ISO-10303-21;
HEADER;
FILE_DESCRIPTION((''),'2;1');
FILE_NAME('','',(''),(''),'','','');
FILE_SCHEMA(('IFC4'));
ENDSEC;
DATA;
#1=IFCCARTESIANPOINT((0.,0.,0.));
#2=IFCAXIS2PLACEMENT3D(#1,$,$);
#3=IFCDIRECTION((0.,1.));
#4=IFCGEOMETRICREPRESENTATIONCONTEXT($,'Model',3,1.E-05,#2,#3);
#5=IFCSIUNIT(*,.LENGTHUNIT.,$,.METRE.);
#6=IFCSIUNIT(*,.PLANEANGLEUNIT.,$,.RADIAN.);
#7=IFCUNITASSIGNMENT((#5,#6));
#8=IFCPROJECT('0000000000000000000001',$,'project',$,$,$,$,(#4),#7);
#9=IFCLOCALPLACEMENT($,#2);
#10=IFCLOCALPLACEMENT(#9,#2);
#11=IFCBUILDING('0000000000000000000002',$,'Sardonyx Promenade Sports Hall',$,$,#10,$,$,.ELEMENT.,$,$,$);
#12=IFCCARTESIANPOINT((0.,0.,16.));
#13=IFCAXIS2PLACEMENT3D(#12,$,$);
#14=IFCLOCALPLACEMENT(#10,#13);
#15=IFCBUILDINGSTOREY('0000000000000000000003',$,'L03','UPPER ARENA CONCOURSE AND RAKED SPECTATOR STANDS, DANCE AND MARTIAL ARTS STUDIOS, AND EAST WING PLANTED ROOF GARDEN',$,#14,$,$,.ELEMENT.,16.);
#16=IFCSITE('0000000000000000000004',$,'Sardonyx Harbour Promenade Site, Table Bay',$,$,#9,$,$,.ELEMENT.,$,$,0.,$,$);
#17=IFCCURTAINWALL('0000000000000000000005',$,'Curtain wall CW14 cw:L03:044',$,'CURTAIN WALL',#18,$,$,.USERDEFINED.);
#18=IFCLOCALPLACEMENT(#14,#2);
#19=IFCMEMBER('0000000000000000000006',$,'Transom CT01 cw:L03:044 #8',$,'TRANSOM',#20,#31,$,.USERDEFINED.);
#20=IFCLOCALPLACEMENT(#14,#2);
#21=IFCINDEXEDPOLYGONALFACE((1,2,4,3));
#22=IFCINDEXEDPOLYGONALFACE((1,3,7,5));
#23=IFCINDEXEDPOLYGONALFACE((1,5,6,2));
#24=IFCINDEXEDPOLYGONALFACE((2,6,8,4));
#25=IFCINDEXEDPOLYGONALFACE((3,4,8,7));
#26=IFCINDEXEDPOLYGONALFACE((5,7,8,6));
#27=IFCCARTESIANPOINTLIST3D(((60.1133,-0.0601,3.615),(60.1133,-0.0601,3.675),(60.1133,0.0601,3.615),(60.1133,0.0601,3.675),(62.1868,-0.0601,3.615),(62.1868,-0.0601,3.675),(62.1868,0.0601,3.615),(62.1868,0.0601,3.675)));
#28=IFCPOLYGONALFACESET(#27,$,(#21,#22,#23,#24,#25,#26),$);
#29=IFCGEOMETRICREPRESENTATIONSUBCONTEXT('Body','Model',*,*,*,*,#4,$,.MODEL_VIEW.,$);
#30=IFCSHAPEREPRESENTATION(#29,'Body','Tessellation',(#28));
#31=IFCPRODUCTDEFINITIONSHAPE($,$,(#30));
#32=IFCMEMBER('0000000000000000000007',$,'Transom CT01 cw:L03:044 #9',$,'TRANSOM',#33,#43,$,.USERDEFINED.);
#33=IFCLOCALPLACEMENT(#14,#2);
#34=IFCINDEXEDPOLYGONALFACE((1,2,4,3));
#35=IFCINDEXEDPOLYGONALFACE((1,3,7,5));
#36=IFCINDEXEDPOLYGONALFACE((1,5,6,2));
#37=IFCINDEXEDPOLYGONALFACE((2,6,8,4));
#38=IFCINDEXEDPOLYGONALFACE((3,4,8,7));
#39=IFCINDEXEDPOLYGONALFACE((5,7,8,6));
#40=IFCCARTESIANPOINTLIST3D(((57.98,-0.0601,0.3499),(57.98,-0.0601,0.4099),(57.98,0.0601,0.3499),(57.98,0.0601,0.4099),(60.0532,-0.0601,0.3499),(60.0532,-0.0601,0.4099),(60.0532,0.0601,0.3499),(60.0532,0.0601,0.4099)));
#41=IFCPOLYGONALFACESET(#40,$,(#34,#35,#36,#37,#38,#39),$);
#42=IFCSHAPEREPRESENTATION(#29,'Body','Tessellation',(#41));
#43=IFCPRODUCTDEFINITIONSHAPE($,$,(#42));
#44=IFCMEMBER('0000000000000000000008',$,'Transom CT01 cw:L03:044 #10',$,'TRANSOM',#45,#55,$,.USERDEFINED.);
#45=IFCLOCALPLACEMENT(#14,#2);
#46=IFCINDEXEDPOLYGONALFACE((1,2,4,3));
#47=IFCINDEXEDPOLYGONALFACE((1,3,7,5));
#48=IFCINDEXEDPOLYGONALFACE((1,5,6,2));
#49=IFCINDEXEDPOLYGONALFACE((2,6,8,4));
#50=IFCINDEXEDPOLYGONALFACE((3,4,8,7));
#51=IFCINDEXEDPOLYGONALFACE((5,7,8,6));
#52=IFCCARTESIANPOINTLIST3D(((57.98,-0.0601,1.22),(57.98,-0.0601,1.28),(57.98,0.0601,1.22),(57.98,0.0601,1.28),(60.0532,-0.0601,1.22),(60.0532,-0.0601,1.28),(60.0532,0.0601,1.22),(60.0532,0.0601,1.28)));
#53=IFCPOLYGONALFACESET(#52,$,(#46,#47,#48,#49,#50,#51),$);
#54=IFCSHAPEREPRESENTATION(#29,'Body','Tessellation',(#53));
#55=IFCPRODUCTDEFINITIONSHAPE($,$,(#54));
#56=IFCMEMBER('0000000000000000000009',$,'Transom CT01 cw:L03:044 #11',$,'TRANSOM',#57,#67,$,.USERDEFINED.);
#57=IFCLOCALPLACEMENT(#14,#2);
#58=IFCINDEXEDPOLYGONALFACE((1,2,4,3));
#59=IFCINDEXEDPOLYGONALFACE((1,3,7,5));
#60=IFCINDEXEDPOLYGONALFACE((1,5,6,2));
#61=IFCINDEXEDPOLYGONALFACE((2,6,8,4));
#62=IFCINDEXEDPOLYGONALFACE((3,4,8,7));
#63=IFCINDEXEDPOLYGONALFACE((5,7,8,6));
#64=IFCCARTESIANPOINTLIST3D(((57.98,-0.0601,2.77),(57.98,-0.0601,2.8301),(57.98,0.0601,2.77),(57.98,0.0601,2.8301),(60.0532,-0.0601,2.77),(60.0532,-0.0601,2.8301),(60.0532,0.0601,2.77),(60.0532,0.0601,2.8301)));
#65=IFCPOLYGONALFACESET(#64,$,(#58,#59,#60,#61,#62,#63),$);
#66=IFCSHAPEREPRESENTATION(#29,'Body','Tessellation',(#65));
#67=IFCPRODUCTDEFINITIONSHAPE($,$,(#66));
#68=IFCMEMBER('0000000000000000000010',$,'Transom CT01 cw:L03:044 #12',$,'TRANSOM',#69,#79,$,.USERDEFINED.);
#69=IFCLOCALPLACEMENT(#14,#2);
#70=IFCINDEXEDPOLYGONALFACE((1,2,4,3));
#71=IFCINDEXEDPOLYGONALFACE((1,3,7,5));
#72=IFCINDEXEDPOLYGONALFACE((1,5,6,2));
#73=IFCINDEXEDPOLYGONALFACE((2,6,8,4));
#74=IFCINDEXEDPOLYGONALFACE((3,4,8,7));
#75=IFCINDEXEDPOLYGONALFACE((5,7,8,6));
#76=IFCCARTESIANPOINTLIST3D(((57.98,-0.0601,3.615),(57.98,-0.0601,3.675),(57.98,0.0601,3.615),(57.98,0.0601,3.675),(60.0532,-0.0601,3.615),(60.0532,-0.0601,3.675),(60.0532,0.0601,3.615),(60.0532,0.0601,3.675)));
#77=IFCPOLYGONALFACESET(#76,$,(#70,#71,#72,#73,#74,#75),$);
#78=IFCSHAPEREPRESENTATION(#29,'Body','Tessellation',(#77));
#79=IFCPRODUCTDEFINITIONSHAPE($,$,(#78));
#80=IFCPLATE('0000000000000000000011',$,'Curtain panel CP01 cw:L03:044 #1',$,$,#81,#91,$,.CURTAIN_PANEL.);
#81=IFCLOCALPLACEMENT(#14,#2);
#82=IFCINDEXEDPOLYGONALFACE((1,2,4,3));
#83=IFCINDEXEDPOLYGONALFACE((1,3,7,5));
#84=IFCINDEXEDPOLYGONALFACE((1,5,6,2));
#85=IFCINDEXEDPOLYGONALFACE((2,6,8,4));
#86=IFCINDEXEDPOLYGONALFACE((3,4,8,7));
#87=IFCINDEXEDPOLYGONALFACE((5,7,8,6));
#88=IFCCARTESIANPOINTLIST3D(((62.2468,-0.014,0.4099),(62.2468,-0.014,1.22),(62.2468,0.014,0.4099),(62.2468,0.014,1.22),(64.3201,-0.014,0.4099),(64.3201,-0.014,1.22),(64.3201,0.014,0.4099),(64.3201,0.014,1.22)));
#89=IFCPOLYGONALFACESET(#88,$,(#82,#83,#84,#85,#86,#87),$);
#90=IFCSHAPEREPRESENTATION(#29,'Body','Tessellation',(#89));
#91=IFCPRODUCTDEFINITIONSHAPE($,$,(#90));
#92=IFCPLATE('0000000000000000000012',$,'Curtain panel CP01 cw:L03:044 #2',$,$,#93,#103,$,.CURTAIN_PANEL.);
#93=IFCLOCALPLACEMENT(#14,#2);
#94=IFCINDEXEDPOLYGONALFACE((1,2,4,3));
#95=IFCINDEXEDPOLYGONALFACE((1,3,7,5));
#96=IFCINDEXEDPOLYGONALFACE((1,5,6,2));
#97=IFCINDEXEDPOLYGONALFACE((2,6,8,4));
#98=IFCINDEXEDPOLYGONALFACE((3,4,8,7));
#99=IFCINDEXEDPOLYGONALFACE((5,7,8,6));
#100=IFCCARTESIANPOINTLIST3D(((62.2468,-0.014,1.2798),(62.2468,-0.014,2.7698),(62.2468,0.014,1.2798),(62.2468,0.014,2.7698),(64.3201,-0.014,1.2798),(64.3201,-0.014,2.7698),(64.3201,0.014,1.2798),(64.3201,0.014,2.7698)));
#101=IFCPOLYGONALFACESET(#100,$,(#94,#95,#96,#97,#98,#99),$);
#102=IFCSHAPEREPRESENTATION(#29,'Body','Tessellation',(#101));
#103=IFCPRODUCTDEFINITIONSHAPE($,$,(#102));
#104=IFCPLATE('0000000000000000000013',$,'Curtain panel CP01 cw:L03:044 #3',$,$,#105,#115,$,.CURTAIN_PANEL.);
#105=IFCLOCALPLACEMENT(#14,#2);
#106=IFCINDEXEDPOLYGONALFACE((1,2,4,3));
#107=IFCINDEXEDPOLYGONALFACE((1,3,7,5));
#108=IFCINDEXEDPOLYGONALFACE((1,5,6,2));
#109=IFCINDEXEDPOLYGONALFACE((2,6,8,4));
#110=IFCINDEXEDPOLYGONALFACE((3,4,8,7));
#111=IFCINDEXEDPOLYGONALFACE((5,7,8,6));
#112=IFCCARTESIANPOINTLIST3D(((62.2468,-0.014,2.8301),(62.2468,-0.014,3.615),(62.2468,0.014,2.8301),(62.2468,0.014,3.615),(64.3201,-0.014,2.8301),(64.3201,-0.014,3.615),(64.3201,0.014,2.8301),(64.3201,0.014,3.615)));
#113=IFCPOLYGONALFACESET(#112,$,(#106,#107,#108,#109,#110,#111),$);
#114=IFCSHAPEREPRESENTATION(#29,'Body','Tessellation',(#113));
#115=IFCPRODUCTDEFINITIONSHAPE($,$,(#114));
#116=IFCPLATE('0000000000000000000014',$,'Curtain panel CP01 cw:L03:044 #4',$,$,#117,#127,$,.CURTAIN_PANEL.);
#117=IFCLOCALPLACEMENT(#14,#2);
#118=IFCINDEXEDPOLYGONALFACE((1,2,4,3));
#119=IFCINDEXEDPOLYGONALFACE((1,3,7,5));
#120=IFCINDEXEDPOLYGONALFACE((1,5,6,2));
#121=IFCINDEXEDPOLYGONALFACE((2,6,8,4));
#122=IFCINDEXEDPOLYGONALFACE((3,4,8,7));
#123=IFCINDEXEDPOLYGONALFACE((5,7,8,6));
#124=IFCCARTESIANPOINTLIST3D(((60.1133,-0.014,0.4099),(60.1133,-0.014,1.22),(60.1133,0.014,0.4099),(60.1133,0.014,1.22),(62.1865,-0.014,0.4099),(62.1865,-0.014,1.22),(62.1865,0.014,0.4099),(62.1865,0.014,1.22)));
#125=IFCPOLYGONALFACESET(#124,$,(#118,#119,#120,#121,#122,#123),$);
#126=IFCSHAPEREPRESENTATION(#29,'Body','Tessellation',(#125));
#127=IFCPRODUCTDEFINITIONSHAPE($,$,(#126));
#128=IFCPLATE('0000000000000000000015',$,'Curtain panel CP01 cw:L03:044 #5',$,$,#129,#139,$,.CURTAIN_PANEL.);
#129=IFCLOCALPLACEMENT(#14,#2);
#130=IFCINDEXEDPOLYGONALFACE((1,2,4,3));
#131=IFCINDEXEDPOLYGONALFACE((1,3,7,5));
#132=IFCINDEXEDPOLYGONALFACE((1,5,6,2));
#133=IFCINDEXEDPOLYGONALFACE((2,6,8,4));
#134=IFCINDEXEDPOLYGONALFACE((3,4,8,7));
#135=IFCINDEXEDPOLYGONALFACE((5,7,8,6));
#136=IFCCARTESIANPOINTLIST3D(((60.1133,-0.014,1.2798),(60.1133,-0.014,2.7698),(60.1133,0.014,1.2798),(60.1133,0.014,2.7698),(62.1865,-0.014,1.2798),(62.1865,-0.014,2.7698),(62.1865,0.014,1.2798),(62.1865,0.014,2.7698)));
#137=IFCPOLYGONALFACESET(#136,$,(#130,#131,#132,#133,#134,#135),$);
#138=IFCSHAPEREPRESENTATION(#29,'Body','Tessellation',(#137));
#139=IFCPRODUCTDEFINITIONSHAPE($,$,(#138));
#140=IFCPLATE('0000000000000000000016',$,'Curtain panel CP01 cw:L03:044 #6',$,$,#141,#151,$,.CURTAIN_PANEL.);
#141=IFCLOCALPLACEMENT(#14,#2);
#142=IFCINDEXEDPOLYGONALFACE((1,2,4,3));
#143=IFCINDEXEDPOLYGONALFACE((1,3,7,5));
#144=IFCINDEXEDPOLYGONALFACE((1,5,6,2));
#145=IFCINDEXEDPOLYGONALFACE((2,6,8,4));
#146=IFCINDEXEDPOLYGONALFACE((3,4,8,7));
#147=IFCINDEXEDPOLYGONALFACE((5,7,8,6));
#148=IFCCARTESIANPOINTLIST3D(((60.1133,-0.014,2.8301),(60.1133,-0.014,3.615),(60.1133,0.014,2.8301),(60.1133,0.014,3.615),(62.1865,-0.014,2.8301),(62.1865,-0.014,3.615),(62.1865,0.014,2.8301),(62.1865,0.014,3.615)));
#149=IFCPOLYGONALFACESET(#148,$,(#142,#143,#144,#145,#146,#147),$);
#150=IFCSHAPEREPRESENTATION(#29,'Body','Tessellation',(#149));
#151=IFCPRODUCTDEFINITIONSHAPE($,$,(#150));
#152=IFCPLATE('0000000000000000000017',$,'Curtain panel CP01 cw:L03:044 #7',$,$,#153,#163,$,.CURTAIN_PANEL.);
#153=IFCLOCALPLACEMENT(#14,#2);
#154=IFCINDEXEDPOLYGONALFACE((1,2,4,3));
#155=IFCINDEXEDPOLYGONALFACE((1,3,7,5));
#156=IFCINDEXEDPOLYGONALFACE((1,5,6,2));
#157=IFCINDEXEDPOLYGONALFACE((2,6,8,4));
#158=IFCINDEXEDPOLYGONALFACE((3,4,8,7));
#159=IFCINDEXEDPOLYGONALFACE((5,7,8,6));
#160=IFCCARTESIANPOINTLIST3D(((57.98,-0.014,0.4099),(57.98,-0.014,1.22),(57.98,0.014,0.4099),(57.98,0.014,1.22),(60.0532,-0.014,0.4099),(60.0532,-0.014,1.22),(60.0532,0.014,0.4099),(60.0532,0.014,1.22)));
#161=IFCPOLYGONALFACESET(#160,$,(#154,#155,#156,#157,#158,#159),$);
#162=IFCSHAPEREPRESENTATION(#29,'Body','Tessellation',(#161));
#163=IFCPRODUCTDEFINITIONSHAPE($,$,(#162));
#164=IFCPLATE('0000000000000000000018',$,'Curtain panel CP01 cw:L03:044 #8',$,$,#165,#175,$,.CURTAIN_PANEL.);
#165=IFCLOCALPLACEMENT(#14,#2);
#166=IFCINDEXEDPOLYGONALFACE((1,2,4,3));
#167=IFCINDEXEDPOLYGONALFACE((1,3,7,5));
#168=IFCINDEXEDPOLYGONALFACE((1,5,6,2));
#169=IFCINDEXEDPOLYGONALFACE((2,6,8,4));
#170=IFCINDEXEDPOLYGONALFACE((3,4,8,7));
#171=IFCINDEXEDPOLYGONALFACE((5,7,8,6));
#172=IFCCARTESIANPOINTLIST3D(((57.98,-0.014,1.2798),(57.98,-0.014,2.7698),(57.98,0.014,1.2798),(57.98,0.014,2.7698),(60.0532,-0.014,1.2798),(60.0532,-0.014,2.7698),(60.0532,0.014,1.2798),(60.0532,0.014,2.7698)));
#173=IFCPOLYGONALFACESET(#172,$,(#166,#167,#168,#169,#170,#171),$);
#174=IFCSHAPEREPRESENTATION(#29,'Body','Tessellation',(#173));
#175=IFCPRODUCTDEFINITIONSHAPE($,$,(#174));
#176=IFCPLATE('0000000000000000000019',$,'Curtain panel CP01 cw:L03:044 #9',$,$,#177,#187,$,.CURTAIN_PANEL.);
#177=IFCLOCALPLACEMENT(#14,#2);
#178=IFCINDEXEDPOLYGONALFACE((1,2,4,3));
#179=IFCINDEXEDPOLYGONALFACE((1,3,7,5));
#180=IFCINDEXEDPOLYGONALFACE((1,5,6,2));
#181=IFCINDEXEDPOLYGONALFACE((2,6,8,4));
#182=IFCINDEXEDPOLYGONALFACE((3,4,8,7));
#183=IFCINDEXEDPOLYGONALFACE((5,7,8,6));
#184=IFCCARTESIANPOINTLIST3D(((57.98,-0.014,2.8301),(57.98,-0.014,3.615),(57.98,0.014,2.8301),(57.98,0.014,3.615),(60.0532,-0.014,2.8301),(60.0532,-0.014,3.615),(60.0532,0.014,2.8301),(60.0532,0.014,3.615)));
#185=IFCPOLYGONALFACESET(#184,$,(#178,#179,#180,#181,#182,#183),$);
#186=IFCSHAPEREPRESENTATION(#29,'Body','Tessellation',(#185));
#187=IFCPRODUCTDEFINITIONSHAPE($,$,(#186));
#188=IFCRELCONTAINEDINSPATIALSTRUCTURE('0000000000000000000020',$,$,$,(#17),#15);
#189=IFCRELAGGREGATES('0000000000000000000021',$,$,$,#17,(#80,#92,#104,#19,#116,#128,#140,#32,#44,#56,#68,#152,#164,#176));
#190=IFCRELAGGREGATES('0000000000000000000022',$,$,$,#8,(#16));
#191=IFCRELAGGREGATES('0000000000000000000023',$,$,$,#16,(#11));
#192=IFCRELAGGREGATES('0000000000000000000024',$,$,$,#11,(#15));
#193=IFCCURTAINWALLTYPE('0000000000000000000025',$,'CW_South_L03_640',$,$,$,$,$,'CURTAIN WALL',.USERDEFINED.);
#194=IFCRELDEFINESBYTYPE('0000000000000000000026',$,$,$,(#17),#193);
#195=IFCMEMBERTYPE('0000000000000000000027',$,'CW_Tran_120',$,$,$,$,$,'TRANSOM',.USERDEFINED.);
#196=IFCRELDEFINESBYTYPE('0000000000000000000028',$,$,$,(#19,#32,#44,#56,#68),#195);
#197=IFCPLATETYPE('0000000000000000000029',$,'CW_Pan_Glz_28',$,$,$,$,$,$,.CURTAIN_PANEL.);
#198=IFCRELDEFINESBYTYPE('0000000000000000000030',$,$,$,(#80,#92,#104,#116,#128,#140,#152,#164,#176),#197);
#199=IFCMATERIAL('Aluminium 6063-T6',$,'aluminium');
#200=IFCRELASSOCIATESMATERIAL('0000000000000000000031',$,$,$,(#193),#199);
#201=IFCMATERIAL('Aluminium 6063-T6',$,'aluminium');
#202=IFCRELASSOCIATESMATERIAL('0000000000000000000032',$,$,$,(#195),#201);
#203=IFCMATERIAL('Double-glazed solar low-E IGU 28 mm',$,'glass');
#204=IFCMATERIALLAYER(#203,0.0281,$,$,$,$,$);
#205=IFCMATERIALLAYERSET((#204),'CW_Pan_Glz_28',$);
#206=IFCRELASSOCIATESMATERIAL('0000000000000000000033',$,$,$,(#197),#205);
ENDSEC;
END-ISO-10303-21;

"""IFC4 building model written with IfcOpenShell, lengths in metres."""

from ifc_helpers import new_model, si_unit, direction, frame, origin, origin_2d, place, context, subcontext, project, spatial, rectangle, extrude, material, layer, layer_set, material_profile, profile_set, type_object, element, aggregate, save


model = new_model("IFC4")

# Units and contexts
model_context = context("Model", 3, precision=1e-05, world=origin(), true_north=direction((0.0, 1.0)))
body_context = subcontext(model_context, "Body", "Model", "MODEL_VIEW")
ifc_project = project(units=[si_unit("LENGTHUNIT", "METRE"), si_unit("PLANEANGLEUNIT", "RADIAN")], contexts=[model_context])

# Site, building, storey
site_placement = place(None, origin())
site = spatial("IfcSite", under=ifc_project, at=site_placement, Name="Sardonyx Harbour Promenade Site, Table Bay", CompositionType="ELEMENT", RefElevation=0.0)
building_placement = place(site_placement, origin())
building = spatial("IfcBuilding", under=site, at=building_placement, Name="Sardonyx Promenade Sports Hall", CompositionType="ELEMENT")
storey_placement = place(building_placement, frame((0.0, 0.0, 16.0)))
storey = spatial("IfcBuildingStorey", under=building, at=storey_placement, Name="L03", Description="UPPER ARENA CONCOURSE AND RAKED SPECTATOR STANDS, DANCE AND MARTIAL ARTS STUDIOS, AND EAST WING PLANTED ROOF GARDEN", CompositionType="ELEMENT", Elevation=16.0)

# Curtain wall, members, plates
ifc_material_1 = material(Name="Aluminium 6063-T6", Category="aluminium")
curtain_wall_type = type_object("IfcCurtainWallType", Name="CW_South_L03_640", ElementType="CURTAIN WALL", PredefinedType="USERDEFINED", material=ifc_material_1)
curtain_wall_placement = place(storey_placement, origin())
curtain_wall = element("IfcCurtainWall", 1, at=curtain_wall_placement, inside=storey, type_object=curtain_wall_type, Name="Curtain wall CW14 cw:L03:044", ObjectType="CURTAIN WALL", PredefinedType="USERDEFINED")
ifc_material_2 = material(Name="Aluminium 6063-T6", Category="aluminium")
ifc_material_profile_1 = material_profile(ifc_material_2, rectangle(XDim=0.0601, YDim=0.1201, at=origin_2d()))
ifc_profile_set_1 = profile_set([ifc_material_profile_1], Name="Aluminium 6063-T6")
member_type_1 = type_object("IfcMemberType", Name="CW_Tran_120", ElementType="TRANSOM", PredefinedType="USERDEFINED", material=ifc_profile_set_1)
member_1_placement = place(storey_placement, frame((62.1868, 0.0, 3.645), z_axis=(-1.0, 0.0, 0.0), x_axis=(0.0, 0.0, 1.0)))
member_1 = element("IfcMember", 2, at=member_1_placement, type_object=member_type_1, Name="Transom CT01 cw:L03:044 #8", ObjectType="TRANSOM", PredefinedType="USERDEFINED", context=body_context, shape_type="SweptSolid", body=[
    extrude(rectangle(XDim=0.0601, YDim=0.1201, at=origin_2d()), origin(), (0.0, 0.0, 1.0), 2.0735),
])
member_2_placement = place(storey_placement, frame((60.0532, 0.0, 0.3799), z_axis=(-1.0, 0.0, 0.0), x_axis=(0.0, 0.0, 1.0)))
member_2 = element("IfcMember", 3, at=member_2_placement, type_object=member_type_1, Name="Transom CT01 cw:L03:044 #9", ObjectType="TRANSOM", PredefinedType="USERDEFINED", context=body_context, shape_type="SweptSolid", body=[
    extrude(rectangle(XDim=0.0601, YDim=0.1201, at=origin_2d()), origin(), (0.0, 0.0, 1.0), 2.0732),
])
member_3_placement = place(storey_placement, frame((60.0532, 0.0, 1.25), z_axis=(-1.0, 0.0, 0.0), x_axis=(0.0, 0.0, 1.0)))
member_3 = element("IfcMember", 4, at=member_3_placement, type_object=member_type_1, Name="Transom CT01 cw:L03:044 #10", ObjectType="TRANSOM", PredefinedType="USERDEFINED", context=body_context, shape_type="SweptSolid", body=[
    extrude(rectangle(XDim=0.0601, YDim=0.1201, at=origin_2d()), origin(), (0.0, 0.0, 1.0), 2.0732),
])
member_4_placement = place(storey_placement, frame((60.0532, 0.0, 2.8), z_axis=(-1.0, 0.0, 0.0), x_axis=(0.0, 0.0, 1.0)))
member_4 = element("IfcMember", 5, at=member_4_placement, type_object=member_type_1, Name="Transom CT01 cw:L03:044 #11", ObjectType="TRANSOM", PredefinedType="USERDEFINED", context=body_context, shape_type="SweptSolid", body=[
    extrude(rectangle(XDim=0.0601, YDim=0.1201, at=origin_2d()), origin(), (0.0, 0.0, 1.0), 2.0732),
])
member_5_placement = place(storey_placement, frame((60.0532, 0.0, 3.645), z_axis=(-1.0, 0.0, 0.0), x_axis=(0.0, 0.0, 1.0)))
member_5 = element("IfcMember", 6, at=member_5_placement, type_object=member_type_1, Name="Transom CT01 cw:L03:044 #12", ObjectType="TRANSOM", PredefinedType="USERDEFINED", context=body_context, shape_type="SweptSolid", body=[
    extrude(rectangle(XDim=0.0601, YDim=0.1201, at=origin_2d()), origin(), (0.0, 0.0, 1.0), 2.0732),
])
ifc_material_3 = material(Name="Double-glazed solar low-E IGU 28 mm", Category="glass")
ifc_layer_1 = layer(ifc_material_3, 0.0281)
ifc_layer_set_1 = layer_set([ifc_layer_1], Name="CW_Pan_Glz_28")
plate_type_1 = type_object("IfcPlateType", Name="CW_Pan_Glz_28", PredefinedType="CURTAIN_PANEL", material=ifc_layer_set_1)
plate_1_placement = place(storey_placement, frame((63.2834, 0.0, 0.4099), z_axis=(0.0, 0.0, 1.0), x_axis=(-1.0, 0.0, 0.0)))
plate_1 = element("IfcPlate", 7, at=plate_1_placement, type_object=plate_type_1, Name="Curtain panel CP01 cw:L03:044 #1", PredefinedType="CURTAIN_PANEL", context=body_context, shape_type="SweptSolid", body=[
    extrude(rectangle(XDim=2.0732, YDim=0.0281, at=origin_2d()), origin(), (0.0, 0.0, 1.0), 0.8101),
])
plate_2_placement = place(storey_placement, frame((63.2834, 0.0, 1.2798), z_axis=(0.0, 0.0, 1.0), x_axis=(-1.0, 0.0, 0.0)))
plate_2 = element("IfcPlate", 8, at=plate_2_placement, type_object=plate_type_1, Name="Curtain panel CP01 cw:L03:044 #2", PredefinedType="CURTAIN_PANEL", context=body_context, shape_type="SweptSolid", body=[
    extrude(rectangle(XDim=2.0732, YDim=0.0281, at=origin_2d()), origin(), (0.0, 0.0, 1.0), 1.49),
])
plate_3_placement = place(storey_placement, frame((63.2834, 0.0, 2.8301), z_axis=(0.0, 0.0, 1.0), x_axis=(-1.0, 0.0, 0.0)))
plate_3 = element("IfcPlate", 9, at=plate_3_placement, type_object=plate_type_1, Name="Curtain panel CP01 cw:L03:044 #3", PredefinedType="CURTAIN_PANEL", context=body_context, shape_type="SweptSolid", body=[
    extrude(rectangle(XDim=2.0732, YDim=0.0281, at=origin_2d()), origin(), (0.0, 0.0, 1.0), 0.7849),
])
plate_4_placement = place(storey_placement, frame((61.1499, 0.0, 0.4099), z_axis=(0.0, 0.0, 1.0), x_axis=(-1.0, 0.0, 0.0)))
plate_4 = element("IfcPlate", 10, at=plate_4_placement, type_object=plate_type_1, Name="Curtain panel CP01 cw:L03:044 #4", PredefinedType="CURTAIN_PANEL", context=body_context, shape_type="SweptSolid", body=[
    extrude(rectangle(XDim=2.0732, YDim=0.0281, at=origin_2d()), origin(), (0.0, 0.0, 1.0), 0.8101),
])
plate_5_placement = place(storey_placement, frame((61.1499, 0.0, 1.2798), z_axis=(0.0, 0.0, 1.0), x_axis=(-1.0, 0.0, 0.0)))
plate_5 = element("IfcPlate", 11, at=plate_5_placement, type_object=plate_type_1, Name="Curtain panel CP01 cw:L03:044 #5", PredefinedType="CURTAIN_PANEL", context=body_context, shape_type="SweptSolid", body=[
    extrude(rectangle(XDim=2.0732, YDim=0.0281, at=origin_2d()), origin(), (0.0, 0.0, 1.0), 1.49),
])
plate_6_placement = place(storey_placement, frame((61.1499, 0.0, 2.8301), z_axis=(0.0, 0.0, 1.0), x_axis=(-1.0, 0.0, 0.0)))
plate_6 = element("IfcPlate", 12, at=plate_6_placement, type_object=plate_type_1, Name="Curtain panel CP01 cw:L03:044 #6", PredefinedType="CURTAIN_PANEL", context=body_context, shape_type="SweptSolid", body=[
    extrude(rectangle(XDim=2.0732, YDim=0.0281, at=origin_2d()), origin(), (0.0, 0.0, 1.0), 0.7849),
])
plate_7_placement = place(storey_placement, frame((59.0166, 0.0, 0.4099), z_axis=(0.0, 0.0, 1.0), x_axis=(-1.0, 0.0, 0.0)))
plate_7 = element("IfcPlate", 13, at=plate_7_placement, type_object=plate_type_1, Name="Curtain panel CP01 cw:L03:044 #7", PredefinedType="CURTAIN_PANEL", context=body_context, shape_type="SweptSolid", body=[
    extrude(rectangle(XDim=2.0732, YDim=0.0281, at=origin_2d()), origin(), (0.0, 0.0, 1.0), 0.8101),
])
plate_8_placement = place(storey_placement, frame((59.0166, 0.0, 1.2798), z_axis=(0.0, 0.0, 1.0), x_axis=(-1.0, 0.0, 0.0)))
plate_8 = element("IfcPlate", 14, at=plate_8_placement, type_object=plate_type_1, Name="Curtain panel CP01 cw:L03:044 #8", PredefinedType="CURTAIN_PANEL", context=body_context, shape_type="SweptSolid", body=[
    extrude(rectangle(XDim=2.0732, YDim=0.0281, at=origin_2d()), origin(), (0.0, 0.0, 1.0), 1.49),
])
plate_9_placement = place(storey_placement, frame((59.0166, 0.0, 2.8301), z_axis=(0.0, 0.0, 1.0), x_axis=(-1.0, 0.0, 0.0)))
plate_9 = element("IfcPlate", 15, at=plate_9_placement, type_object=plate_type_1, Name="Curtain panel CP01 cw:L03:044 #9", PredefinedType="CURTAIN_PANEL", context=body_context, shape_type="SweptSolid", body=[
    extrude(rectangle(XDim=2.0732, YDim=0.0281, at=origin_2d()), origin(), (0.0, 0.0, 1.0), 0.7849),
])
aggregate(curtain_wall, [plate_1, plate_2, plate_3, member_1, plate_4, plate_5, plate_6, member_2, member_3, member_4, member_5, plate_7, plate_8, plate_9])

save(model, "model.ifc")
